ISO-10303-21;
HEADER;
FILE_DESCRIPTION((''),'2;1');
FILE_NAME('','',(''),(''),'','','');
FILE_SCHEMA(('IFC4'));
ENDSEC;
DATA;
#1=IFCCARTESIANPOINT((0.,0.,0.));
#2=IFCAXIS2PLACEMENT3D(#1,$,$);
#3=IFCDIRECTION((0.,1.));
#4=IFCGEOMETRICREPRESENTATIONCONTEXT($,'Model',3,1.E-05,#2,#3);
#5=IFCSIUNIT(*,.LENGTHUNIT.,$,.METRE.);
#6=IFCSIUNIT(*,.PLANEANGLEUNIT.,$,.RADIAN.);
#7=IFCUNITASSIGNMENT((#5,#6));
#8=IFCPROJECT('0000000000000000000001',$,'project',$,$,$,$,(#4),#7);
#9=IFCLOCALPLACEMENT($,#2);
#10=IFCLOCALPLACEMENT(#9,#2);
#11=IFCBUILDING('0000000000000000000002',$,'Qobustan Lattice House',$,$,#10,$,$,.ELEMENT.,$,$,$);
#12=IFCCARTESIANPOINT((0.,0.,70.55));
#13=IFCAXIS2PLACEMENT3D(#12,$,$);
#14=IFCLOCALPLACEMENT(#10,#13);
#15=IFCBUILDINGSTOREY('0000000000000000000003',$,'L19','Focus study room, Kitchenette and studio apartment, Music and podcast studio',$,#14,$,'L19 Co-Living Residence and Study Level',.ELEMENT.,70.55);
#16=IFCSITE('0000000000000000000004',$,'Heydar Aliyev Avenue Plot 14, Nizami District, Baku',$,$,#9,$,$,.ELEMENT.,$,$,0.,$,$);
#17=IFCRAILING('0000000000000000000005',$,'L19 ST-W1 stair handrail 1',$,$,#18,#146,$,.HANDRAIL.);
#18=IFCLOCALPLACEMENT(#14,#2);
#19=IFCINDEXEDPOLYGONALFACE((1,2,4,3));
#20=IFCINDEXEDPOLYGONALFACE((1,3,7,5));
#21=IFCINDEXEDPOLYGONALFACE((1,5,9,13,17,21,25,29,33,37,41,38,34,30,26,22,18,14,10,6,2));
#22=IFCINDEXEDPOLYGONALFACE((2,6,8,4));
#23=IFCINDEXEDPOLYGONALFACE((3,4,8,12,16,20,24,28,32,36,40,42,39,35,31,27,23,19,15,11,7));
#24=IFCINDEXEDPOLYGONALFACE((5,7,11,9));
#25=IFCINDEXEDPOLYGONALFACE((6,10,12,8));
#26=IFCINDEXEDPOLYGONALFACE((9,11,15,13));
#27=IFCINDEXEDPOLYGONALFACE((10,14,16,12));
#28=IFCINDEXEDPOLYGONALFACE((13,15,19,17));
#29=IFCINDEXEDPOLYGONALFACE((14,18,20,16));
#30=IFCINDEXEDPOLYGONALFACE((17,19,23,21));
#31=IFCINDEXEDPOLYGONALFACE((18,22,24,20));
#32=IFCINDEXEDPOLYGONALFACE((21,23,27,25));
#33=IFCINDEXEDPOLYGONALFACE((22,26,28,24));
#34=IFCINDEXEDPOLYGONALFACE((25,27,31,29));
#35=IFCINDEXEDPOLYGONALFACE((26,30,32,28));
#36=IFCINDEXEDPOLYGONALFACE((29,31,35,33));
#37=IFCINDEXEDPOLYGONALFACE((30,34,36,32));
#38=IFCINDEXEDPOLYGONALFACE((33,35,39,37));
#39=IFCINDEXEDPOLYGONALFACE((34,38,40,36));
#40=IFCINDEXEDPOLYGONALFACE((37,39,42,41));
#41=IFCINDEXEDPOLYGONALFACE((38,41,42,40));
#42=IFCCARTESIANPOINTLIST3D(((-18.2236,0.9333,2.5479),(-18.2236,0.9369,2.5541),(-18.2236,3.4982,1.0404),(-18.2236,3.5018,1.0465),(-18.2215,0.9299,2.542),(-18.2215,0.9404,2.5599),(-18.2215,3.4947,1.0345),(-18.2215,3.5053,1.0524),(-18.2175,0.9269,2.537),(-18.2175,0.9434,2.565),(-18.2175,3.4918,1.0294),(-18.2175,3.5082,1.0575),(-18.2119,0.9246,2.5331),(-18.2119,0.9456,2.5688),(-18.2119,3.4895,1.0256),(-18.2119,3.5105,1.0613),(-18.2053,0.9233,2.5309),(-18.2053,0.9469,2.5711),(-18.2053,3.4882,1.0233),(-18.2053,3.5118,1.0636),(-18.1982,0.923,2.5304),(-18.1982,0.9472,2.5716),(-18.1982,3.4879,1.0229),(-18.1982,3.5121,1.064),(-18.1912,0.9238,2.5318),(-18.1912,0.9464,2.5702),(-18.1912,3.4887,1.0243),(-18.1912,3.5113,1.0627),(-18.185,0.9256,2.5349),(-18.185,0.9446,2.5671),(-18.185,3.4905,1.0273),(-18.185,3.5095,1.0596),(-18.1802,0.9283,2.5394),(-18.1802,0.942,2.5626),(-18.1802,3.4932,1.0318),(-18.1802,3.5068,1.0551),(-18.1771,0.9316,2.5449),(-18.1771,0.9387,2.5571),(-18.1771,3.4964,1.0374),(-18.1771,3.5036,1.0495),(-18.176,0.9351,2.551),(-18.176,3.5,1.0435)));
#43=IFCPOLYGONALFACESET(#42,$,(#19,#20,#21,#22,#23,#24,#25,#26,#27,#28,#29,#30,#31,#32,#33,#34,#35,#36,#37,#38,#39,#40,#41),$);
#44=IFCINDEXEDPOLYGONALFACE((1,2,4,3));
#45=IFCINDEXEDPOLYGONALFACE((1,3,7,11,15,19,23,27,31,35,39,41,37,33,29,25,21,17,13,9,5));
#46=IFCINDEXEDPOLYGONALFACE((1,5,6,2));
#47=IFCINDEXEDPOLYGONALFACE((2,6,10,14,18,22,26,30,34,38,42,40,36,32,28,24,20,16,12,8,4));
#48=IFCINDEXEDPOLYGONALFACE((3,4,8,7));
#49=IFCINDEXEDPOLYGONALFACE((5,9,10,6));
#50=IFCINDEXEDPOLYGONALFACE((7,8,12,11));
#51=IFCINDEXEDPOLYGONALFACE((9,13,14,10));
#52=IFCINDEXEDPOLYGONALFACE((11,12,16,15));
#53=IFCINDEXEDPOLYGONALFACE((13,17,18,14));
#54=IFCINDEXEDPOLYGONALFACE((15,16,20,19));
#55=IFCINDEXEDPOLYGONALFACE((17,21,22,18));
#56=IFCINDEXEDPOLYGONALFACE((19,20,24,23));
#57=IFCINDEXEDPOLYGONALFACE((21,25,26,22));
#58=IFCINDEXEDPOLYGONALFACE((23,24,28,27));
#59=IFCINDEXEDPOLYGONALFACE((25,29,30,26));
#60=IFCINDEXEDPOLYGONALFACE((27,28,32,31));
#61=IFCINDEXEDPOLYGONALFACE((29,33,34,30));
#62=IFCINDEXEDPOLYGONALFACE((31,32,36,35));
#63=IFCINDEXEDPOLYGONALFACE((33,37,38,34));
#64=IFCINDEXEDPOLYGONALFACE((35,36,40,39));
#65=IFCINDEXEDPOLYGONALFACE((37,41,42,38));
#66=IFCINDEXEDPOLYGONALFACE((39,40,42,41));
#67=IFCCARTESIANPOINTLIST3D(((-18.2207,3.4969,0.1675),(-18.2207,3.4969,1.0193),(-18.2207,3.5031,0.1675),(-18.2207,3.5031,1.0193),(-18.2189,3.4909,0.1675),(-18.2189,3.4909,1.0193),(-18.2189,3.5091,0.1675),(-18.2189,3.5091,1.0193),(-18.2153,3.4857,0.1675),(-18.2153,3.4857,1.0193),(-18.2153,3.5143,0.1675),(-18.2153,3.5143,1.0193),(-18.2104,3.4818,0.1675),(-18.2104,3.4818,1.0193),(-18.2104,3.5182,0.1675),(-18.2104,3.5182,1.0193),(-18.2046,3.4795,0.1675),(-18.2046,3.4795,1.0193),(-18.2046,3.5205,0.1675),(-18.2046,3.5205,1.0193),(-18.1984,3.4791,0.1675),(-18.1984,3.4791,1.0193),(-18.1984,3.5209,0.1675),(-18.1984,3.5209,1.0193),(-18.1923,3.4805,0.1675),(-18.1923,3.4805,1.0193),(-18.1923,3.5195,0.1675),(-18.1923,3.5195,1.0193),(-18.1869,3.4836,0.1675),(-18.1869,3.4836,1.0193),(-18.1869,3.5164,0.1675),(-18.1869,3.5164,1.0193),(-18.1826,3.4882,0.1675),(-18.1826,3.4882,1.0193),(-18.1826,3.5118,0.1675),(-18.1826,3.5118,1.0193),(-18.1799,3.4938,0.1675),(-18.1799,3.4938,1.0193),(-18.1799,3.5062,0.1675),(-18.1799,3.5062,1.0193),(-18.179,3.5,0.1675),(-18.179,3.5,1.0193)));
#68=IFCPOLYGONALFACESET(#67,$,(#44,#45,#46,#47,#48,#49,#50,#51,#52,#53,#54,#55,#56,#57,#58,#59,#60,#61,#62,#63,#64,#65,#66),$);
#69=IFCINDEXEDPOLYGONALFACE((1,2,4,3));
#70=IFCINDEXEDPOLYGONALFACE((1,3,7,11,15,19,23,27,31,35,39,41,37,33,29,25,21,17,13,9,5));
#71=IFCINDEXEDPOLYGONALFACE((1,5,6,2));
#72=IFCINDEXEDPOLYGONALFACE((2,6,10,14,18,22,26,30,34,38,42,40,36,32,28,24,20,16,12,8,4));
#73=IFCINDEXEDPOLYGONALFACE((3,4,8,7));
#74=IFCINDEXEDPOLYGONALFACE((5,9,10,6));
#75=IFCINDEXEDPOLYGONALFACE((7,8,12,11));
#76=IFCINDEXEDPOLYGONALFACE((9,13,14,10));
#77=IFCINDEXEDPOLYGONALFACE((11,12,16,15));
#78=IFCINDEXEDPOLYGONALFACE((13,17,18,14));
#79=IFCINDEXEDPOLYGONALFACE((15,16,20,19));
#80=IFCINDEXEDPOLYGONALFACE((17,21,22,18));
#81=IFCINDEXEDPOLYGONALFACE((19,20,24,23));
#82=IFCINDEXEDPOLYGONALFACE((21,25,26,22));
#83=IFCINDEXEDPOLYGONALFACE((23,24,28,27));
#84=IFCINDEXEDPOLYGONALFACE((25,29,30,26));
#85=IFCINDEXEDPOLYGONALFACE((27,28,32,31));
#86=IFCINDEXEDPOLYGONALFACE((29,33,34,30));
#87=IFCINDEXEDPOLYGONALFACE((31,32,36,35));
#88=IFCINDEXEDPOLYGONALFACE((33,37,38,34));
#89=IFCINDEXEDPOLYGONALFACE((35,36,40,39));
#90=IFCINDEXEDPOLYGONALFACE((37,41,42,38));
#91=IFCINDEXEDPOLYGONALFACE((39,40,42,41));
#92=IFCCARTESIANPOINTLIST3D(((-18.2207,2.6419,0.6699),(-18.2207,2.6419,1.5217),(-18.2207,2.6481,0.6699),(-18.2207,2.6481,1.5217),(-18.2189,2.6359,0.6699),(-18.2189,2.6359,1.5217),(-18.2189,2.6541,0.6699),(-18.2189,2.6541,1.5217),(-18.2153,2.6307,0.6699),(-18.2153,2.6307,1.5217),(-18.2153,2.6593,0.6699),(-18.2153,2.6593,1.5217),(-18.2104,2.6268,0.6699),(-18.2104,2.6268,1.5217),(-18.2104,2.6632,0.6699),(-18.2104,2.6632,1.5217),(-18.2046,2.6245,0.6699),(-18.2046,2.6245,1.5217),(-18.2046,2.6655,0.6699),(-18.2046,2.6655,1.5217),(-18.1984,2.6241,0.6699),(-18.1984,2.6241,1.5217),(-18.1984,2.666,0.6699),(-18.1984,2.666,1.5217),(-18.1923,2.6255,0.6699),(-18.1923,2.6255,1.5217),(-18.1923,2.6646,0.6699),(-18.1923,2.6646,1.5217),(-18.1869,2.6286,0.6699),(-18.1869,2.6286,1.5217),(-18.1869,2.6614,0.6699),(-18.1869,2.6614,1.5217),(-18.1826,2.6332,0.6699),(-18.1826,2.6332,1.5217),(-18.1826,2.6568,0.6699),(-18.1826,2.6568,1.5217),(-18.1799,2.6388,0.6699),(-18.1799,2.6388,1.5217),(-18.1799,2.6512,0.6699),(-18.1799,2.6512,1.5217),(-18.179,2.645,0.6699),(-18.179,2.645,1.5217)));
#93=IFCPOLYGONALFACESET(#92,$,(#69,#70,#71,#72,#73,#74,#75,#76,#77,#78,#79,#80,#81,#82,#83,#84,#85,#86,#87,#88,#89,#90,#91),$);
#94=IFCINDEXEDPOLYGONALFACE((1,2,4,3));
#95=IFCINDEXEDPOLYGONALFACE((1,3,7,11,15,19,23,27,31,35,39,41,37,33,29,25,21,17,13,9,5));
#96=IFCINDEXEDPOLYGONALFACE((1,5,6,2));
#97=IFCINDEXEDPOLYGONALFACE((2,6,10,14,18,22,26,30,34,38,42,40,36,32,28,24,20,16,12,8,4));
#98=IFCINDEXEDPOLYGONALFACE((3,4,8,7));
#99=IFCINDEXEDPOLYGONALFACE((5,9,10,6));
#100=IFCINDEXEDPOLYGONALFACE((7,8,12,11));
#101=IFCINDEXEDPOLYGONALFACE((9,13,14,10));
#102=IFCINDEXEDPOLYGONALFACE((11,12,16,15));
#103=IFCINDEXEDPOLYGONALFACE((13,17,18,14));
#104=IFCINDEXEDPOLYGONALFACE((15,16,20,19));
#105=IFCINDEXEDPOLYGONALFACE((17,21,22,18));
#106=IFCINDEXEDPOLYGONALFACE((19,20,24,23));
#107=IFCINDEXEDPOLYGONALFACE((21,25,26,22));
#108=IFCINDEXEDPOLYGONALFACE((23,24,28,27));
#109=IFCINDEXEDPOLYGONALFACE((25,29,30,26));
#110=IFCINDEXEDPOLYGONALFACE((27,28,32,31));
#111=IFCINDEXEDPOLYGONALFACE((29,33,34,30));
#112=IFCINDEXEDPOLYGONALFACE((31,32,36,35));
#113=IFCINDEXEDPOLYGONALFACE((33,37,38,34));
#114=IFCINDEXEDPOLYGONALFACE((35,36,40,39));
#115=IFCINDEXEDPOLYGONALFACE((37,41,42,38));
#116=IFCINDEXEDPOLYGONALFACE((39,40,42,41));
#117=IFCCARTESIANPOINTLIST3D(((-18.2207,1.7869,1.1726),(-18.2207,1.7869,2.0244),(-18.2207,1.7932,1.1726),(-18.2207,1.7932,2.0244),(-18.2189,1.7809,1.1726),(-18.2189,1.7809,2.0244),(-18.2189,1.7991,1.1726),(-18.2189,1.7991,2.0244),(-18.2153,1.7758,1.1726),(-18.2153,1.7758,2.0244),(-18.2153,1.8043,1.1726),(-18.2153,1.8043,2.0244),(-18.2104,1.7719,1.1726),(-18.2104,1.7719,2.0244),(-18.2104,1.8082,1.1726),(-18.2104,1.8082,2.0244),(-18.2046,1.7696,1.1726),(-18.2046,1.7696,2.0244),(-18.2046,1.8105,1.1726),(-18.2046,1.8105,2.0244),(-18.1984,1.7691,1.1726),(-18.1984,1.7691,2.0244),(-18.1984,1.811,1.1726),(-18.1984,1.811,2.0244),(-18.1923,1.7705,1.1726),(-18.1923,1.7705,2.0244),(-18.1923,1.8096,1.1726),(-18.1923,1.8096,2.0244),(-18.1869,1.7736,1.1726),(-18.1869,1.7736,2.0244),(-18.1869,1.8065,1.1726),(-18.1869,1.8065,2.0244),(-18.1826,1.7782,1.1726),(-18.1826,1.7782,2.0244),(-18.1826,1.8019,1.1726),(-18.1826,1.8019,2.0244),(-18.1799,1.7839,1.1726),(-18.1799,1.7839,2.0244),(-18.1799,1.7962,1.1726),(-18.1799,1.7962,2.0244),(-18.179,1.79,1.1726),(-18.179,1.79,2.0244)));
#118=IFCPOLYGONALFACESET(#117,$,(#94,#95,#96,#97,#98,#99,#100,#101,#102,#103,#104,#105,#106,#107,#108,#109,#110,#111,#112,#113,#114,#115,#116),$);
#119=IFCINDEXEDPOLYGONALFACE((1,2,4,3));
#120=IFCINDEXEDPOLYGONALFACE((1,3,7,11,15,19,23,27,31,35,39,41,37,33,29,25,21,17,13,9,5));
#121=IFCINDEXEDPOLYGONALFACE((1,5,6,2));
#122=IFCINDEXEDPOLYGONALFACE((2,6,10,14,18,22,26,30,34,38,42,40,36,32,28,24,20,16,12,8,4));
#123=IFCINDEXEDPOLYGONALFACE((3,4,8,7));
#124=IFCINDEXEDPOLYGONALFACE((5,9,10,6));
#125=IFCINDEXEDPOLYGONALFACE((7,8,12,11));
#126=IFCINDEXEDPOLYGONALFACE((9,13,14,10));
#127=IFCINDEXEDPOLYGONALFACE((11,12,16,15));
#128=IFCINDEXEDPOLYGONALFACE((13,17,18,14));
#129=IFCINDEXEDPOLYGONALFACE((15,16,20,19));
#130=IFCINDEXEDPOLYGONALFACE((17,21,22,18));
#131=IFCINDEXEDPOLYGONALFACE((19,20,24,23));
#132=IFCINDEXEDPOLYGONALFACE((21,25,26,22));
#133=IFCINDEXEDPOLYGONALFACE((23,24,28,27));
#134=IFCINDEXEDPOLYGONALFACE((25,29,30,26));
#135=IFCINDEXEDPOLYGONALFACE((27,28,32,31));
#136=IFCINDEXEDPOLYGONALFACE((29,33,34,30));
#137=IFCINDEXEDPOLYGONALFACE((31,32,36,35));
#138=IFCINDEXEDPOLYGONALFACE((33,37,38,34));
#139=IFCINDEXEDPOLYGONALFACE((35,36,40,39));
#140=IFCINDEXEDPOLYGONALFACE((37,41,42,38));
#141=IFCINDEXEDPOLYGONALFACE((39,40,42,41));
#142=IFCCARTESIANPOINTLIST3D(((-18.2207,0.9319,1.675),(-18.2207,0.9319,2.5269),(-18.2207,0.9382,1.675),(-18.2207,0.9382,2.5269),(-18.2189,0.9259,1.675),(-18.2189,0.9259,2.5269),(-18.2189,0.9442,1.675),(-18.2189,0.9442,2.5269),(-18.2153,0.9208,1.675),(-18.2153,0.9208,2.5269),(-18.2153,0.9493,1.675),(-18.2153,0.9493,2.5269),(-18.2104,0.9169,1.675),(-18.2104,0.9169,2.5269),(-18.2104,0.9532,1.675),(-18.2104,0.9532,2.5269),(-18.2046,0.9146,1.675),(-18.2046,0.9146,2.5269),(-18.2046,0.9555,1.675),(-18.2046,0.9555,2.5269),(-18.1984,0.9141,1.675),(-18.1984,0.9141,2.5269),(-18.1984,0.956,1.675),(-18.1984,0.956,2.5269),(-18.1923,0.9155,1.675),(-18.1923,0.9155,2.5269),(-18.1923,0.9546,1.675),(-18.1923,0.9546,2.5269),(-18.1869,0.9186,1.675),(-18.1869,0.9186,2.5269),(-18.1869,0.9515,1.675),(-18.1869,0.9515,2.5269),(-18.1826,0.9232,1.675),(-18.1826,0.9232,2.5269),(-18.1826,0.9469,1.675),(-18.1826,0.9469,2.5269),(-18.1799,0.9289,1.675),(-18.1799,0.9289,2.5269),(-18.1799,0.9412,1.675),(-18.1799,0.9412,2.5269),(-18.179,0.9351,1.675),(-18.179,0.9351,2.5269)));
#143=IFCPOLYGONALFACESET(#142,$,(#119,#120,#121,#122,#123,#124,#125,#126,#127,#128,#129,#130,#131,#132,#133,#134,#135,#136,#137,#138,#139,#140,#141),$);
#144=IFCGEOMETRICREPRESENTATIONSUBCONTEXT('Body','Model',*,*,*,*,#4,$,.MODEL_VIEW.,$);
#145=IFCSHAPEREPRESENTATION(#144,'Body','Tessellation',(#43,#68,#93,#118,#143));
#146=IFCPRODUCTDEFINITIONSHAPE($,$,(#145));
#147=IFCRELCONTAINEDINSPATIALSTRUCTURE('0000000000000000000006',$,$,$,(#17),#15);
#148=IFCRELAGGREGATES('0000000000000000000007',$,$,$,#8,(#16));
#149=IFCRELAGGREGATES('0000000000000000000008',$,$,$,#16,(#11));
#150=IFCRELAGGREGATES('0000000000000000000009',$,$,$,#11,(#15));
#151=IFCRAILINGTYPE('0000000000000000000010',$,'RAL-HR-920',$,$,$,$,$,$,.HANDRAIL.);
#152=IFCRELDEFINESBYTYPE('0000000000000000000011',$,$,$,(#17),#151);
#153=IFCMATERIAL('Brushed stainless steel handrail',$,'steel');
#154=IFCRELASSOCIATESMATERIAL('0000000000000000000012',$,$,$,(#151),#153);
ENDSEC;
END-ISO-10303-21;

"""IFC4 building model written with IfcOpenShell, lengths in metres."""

from ifc_helpers import new_model, si_unit, direction, frame, origin, origin_2d, place, context, subcontext, project, spatial, circle, extrude, material, type_object, element, save


model = new_model("IFC4")

# Units and contexts
model_context = context("Model", 3, precision=1e-05, world=origin(), true_north=direction((0.0, 1.0)))
body_context = subcontext(model_context, "Body", "Model", "MODEL_VIEW")
ifc_project = project(units=[si_unit("LENGTHUNIT", "METRE"), si_unit("PLANEANGLEUNIT", "RADIAN")], contexts=[model_context])

# Site, building, storey
site_placement = place(None, origin())
site = spatial("IfcSite", under=ifc_project, at=site_placement, Name="Heydar Aliyev Avenue Plot 14, Nizami District, Baku", CompositionType="ELEMENT", RefElevation=0.0)
building_placement = place(site_placement, origin())
building = spatial("IfcBuilding", under=site, at=building_placement, Name="Qobustan Lattice House", CompositionType="ELEMENT")
storey_placement = place(building_placement, frame((0.0, 0.0, 70.55)))
storey = spatial("IfcBuildingStorey", under=building, at=storey_placement, Name="L19", Description="Focus study room, Kitchenette and studio apartment, Music and podcast studio", LongName="L19 Co-Living Residence and Study Level", CompositionType="ELEMENT", Elevation=70.55)

# Railing
ifc_material_1 = material(Name="Brushed stainless steel handrail", Category="steel")
railing_type_1 = type_object("IfcRailingType", Name="RAL-HR-920", PredefinedType="HANDRAIL", material=ifc_material_1)
railing_1_placement = place(storey_placement, frame((-18.2, 3.5, 0.1675)))
element("IfcRailing", 1, at=railing_1_placement, inside=storey, type_object=railing_type_1, Name="L19 ST-W1 stair handrail 1", PredefinedType="HANDRAIL", context=body_context, shape_type="SweptSolid", body=[
    extrude(circle(Radius=0.0239, at=origin_2d()), frame((0.0, 0.0, 0.876), z_axis=(0.0, -0.862113, 0.506715), x_axis=(1.0, 0.0, 0.0)), (0.0, 0.0, 1.0), 2.9751),
    extrude(circle(Radius=0.021, at=origin_2d()), origin(), (0.0, 0.0, 1.0), 0.8518),
    extrude(circle(Radius=0.021, at=origin_2d()), frame((0.0, -0.855, 0.5024)), (0.0, 0.0, 1.0), 0.8518),
    extrude(circle(Radius=0.021, at=origin_2d()), frame((0.0, -1.71, 1.0051)), (0.0, 0.0, 1.0), 0.8518),
    extrude(circle(Radius=0.021, at=origin_2d()), frame((0.0, -2.5649, 1.5076)), (0.0, 0.0, 1.0), 0.8518),
])

save(model, "model.ifc")
